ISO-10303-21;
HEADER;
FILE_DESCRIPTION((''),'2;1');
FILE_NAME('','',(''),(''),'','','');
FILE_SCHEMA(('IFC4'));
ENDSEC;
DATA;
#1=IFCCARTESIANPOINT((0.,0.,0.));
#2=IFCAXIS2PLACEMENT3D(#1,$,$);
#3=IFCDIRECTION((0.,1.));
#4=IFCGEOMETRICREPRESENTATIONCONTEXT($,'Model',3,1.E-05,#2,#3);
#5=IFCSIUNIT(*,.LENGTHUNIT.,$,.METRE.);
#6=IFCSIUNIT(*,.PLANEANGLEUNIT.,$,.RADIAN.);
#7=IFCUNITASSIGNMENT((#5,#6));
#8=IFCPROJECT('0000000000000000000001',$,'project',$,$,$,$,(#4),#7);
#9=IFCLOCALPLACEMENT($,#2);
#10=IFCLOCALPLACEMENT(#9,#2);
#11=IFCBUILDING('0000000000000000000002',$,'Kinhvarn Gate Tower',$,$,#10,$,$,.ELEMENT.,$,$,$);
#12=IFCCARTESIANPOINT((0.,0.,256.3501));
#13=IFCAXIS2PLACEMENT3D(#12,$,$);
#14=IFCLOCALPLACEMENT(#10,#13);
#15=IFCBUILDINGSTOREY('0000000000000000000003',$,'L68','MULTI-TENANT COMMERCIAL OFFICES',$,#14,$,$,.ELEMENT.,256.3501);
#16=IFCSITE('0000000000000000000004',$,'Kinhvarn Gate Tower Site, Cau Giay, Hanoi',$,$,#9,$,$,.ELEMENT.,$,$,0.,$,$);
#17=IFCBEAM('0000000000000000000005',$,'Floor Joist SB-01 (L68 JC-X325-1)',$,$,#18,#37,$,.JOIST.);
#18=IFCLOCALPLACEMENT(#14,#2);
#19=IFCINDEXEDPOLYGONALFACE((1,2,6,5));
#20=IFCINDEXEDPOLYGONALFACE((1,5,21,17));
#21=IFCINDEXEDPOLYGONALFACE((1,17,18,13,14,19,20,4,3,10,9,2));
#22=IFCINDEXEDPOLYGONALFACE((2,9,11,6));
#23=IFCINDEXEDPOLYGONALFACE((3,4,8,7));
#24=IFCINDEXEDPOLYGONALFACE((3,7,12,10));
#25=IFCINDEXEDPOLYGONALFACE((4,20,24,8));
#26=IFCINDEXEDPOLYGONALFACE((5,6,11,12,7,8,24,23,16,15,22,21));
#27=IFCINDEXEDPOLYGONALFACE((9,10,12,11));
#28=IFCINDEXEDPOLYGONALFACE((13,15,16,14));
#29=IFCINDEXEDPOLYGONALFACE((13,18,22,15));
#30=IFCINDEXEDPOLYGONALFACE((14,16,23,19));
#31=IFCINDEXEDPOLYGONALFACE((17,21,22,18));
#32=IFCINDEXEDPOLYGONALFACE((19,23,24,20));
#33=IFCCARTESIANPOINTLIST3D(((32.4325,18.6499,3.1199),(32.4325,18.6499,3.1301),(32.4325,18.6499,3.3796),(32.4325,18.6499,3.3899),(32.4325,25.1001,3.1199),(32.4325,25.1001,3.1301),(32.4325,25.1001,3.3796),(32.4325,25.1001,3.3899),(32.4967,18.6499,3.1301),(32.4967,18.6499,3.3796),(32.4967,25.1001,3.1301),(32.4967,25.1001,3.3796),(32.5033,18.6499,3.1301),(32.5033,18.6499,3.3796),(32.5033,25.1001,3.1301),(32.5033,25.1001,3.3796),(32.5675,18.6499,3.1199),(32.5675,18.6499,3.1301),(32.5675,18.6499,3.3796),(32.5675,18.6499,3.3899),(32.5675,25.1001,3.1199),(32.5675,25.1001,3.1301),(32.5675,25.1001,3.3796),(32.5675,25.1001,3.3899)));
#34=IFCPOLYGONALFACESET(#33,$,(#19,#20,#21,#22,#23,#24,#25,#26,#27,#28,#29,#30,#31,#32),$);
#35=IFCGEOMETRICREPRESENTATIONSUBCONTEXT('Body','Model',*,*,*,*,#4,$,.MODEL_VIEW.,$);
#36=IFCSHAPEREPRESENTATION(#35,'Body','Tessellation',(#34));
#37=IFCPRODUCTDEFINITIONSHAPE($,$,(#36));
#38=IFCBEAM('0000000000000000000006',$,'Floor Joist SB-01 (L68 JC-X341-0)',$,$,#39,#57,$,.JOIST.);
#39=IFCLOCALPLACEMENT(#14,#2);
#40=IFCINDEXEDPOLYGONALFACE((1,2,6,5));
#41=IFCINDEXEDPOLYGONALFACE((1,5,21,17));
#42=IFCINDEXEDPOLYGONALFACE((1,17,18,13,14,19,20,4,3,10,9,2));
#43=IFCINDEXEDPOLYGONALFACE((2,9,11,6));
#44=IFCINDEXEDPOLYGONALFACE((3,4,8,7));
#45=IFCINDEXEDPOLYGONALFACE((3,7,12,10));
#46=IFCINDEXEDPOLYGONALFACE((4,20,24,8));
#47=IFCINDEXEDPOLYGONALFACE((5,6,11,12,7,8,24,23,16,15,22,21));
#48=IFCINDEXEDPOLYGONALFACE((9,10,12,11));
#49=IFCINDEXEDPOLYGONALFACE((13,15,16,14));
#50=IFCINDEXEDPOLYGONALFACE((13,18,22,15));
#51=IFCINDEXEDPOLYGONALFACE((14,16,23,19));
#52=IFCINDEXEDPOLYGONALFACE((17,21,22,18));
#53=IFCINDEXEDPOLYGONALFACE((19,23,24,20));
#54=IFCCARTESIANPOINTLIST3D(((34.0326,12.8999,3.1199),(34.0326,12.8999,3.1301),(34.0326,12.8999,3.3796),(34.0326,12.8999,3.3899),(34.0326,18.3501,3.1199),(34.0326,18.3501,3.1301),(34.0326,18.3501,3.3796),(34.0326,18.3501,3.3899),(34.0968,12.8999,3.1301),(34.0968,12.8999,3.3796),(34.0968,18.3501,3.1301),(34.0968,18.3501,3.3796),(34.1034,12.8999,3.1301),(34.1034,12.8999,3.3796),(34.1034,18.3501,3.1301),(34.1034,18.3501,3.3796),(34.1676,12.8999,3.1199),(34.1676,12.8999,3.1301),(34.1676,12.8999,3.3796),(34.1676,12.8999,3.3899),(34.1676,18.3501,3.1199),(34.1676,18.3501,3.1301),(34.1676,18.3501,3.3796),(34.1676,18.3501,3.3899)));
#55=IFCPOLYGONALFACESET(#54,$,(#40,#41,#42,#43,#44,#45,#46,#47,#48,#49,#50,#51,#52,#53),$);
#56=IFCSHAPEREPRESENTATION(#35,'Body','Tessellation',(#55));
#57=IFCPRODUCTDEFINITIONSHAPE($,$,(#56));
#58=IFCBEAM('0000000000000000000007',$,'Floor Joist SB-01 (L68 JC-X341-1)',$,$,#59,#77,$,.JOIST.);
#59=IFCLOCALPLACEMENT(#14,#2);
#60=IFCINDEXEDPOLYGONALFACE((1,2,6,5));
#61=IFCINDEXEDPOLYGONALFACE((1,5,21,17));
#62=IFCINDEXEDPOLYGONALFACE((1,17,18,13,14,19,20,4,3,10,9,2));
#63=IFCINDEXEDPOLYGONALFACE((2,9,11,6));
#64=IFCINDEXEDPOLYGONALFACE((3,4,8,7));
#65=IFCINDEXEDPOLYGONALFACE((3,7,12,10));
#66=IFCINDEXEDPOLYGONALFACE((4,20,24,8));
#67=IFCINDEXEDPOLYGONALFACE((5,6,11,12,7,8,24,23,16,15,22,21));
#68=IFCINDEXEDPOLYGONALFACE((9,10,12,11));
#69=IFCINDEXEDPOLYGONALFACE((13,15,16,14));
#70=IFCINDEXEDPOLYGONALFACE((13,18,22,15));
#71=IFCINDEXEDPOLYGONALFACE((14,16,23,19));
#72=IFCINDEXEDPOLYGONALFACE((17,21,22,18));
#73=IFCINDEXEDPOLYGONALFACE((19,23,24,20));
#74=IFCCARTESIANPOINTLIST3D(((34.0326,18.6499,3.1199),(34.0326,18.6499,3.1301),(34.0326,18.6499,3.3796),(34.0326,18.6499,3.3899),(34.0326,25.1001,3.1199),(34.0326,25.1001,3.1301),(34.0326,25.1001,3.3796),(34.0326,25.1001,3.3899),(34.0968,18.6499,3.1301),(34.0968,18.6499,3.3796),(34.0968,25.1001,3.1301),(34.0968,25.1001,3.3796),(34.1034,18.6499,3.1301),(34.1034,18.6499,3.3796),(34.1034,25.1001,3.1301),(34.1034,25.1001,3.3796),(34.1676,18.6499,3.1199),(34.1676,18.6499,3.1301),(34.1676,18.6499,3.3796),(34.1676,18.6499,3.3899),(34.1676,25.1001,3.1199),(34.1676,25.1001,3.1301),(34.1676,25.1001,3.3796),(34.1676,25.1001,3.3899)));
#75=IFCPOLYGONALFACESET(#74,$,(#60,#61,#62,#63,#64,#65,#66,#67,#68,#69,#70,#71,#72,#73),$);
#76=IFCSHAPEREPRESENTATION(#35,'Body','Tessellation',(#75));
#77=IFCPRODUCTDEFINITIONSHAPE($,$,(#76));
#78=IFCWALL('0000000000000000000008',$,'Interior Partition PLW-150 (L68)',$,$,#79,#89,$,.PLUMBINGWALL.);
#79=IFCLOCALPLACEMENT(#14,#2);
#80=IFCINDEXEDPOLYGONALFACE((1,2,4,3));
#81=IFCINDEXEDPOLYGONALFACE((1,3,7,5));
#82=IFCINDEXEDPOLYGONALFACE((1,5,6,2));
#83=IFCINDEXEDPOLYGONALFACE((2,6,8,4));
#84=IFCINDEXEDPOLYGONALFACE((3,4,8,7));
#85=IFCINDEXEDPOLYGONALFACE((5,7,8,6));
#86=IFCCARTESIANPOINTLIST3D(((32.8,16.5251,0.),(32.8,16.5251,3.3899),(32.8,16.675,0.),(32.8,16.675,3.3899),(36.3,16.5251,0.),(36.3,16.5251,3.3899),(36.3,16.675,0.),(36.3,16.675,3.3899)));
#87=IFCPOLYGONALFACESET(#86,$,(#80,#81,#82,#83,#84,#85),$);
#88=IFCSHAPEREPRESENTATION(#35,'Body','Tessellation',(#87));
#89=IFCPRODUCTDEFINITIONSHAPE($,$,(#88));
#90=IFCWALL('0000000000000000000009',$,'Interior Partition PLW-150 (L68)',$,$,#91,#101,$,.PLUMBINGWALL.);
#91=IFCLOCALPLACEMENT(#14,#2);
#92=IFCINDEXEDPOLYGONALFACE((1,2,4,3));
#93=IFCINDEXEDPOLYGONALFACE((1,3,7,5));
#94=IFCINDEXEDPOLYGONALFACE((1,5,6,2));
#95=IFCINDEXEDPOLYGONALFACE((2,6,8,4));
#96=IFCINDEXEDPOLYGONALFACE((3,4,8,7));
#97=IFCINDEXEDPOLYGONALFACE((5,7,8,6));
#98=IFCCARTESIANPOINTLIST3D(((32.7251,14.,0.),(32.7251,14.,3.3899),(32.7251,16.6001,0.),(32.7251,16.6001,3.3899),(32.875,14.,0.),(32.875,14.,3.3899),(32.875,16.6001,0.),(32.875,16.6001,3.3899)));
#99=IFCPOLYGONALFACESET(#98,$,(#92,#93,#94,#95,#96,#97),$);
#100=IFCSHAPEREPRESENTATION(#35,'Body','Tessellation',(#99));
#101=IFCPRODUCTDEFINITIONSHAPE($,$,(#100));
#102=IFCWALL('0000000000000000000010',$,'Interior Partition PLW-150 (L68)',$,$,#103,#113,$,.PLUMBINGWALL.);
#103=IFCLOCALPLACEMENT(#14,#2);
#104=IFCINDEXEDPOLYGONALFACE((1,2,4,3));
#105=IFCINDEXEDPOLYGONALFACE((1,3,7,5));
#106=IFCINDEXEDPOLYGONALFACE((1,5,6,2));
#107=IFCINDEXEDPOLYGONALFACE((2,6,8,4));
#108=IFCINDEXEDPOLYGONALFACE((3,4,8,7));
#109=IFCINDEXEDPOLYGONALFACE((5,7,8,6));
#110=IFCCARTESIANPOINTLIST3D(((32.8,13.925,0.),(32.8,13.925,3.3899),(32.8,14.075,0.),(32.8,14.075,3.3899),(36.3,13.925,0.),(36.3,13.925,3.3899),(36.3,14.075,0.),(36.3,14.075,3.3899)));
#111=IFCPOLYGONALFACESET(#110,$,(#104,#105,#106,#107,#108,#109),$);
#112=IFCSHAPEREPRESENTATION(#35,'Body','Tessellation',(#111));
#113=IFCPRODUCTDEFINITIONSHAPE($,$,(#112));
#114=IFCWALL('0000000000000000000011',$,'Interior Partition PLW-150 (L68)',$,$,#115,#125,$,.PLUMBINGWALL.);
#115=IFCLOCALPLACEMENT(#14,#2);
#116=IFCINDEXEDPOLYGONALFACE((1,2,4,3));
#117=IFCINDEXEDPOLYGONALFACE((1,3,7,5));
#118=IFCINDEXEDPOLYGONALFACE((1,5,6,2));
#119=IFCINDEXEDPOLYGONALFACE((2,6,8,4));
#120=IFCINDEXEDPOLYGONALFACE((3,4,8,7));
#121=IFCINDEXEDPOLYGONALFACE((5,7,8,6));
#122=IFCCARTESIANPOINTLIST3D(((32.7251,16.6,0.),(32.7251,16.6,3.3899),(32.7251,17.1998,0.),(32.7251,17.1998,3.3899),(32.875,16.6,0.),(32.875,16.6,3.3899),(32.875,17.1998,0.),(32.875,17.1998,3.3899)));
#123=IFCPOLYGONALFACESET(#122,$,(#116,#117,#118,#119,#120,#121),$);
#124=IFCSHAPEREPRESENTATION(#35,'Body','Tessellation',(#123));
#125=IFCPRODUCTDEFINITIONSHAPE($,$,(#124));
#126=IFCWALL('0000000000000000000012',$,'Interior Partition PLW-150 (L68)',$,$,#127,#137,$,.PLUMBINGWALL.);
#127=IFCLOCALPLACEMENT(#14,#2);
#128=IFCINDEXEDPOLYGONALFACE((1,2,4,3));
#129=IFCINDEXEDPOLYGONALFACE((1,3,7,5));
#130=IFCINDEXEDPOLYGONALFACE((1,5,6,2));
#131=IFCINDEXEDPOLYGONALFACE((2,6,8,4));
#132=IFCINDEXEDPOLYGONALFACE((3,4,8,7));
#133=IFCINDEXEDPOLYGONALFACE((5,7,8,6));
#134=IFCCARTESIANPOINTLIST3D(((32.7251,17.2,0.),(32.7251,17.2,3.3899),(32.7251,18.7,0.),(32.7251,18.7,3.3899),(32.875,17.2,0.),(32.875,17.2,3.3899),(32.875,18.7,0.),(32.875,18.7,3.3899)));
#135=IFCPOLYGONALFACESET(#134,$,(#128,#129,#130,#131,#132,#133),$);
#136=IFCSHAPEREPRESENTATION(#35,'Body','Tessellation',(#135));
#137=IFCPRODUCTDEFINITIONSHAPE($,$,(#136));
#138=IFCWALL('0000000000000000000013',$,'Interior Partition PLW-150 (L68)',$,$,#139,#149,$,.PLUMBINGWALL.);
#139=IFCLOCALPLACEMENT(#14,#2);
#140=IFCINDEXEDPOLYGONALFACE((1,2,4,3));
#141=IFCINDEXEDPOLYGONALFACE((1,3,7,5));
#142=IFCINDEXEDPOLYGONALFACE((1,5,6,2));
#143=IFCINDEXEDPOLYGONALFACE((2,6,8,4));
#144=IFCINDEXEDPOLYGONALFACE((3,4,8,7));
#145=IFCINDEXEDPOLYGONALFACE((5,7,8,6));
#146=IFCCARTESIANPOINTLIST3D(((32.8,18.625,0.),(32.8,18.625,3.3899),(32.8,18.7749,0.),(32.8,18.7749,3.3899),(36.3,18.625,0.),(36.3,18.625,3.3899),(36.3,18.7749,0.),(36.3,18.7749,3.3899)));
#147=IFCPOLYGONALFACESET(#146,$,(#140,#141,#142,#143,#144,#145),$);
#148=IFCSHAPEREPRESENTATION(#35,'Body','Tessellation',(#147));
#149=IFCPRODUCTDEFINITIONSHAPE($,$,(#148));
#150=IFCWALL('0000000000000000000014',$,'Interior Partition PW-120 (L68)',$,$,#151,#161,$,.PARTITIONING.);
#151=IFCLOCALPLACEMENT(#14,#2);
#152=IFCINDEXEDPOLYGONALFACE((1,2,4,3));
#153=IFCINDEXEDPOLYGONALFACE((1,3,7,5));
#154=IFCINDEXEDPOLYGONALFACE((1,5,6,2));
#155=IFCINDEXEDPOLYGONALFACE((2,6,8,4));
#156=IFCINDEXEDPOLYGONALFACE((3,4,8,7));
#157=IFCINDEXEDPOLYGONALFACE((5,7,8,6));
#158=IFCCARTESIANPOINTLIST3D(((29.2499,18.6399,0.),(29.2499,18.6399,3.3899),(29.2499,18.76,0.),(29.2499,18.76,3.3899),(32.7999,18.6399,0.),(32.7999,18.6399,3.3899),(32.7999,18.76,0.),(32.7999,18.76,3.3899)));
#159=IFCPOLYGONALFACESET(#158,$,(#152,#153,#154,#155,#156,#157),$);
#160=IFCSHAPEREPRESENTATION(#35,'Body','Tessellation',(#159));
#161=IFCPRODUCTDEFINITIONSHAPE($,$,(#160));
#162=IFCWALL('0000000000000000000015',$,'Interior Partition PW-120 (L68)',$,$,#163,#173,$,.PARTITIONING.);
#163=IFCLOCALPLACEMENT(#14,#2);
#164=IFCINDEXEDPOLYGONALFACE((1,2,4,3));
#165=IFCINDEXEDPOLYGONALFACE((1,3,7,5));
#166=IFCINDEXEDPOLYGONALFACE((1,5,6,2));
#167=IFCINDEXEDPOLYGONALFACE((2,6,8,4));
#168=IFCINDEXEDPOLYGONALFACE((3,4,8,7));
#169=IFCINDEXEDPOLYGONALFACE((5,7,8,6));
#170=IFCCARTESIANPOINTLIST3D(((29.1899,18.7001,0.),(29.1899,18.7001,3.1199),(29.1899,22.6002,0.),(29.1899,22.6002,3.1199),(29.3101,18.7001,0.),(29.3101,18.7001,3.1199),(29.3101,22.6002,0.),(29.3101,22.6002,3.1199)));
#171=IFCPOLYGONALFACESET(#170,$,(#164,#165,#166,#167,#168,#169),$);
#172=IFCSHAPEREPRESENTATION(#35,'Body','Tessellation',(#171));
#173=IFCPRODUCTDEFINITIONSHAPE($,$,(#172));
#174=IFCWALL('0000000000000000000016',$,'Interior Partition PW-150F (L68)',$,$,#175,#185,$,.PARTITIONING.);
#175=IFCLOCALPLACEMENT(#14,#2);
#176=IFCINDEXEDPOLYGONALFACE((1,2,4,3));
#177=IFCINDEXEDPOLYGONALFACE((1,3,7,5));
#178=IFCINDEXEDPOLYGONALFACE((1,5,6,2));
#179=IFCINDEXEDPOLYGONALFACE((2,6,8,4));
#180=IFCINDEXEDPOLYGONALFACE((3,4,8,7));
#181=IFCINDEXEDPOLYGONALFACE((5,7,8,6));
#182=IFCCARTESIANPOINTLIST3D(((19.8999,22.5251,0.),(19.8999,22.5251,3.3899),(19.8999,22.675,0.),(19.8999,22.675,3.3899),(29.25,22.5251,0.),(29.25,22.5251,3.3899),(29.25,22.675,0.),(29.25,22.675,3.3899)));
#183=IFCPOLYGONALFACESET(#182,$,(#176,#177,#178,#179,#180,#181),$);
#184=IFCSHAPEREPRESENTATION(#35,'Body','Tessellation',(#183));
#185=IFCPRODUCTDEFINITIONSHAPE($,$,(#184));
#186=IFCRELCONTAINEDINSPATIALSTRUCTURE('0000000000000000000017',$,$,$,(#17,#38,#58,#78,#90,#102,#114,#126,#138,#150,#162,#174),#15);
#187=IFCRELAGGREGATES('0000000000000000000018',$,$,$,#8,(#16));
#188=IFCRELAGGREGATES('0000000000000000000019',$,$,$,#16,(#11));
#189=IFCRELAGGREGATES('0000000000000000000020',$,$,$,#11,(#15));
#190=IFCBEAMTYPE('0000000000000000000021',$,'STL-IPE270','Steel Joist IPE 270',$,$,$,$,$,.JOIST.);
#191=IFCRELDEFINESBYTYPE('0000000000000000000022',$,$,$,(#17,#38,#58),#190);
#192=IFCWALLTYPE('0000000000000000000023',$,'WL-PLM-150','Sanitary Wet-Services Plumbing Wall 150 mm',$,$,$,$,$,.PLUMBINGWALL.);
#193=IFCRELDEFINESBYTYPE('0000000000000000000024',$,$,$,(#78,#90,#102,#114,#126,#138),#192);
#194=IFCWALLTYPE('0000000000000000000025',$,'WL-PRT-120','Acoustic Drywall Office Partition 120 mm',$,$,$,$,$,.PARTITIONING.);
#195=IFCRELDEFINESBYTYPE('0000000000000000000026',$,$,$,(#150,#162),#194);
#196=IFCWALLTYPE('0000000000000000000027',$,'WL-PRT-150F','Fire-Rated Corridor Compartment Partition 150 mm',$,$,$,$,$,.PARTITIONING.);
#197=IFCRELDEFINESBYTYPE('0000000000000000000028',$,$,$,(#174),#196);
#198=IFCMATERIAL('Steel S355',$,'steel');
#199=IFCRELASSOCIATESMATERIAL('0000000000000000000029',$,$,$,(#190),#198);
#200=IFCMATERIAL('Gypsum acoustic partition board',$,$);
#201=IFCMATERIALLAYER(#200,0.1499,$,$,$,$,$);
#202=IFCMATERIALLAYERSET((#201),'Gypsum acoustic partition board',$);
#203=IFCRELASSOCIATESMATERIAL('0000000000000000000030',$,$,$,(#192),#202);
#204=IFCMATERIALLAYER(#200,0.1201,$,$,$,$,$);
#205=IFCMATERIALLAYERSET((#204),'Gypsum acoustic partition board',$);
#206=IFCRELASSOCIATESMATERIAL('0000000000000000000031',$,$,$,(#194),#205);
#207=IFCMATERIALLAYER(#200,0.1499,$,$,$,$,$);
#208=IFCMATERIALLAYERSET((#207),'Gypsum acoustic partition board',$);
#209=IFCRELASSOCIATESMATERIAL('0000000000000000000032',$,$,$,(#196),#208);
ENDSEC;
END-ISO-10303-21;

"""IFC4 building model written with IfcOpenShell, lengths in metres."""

from ifc_helpers import new_model, si_unit, direction, frame, frame_2d, origin, origin_2d, place, context, subcontext, project, spatial, rectangle, i_section, extrude, material, layer, layer_set, material_profile, profile_set, type_object, element, save


model = new_model("IFC4")

# Units and contexts
model_context = context("Model", 3, precision=1e-05, world=origin(), true_north=direction((0.0, 1.0)))
body_context = subcontext(model_context, "Body", "Model", "MODEL_VIEW")
ifc_project = project(units=[si_unit("LENGTHUNIT", "METRE"), si_unit("PLANEANGLEUNIT", "RADIAN")], contexts=[model_context])

# Site, building, storey
site_placement = place(None, origin())
site = spatial("IfcSite", under=ifc_project, at=site_placement, Name="Kinhvarn Gate Tower Site, Cau Giay, Hanoi", CompositionType="ELEMENT", RefElevation=0.0)
building_placement = place(site_placement, origin())
building = spatial("IfcBuilding", under=site, at=building_placement, Name="Kinhvarn Gate Tower", CompositionType="ELEMENT")
storey_placement = place(building_placement, frame((0.0, 0.0, 256.3501)))
storey = spatial("IfcBuildingStorey", under=building, at=storey_placement, Name="L68", Description="MULTI-TENANT COMMERCIAL OFFICES", CompositionType="ELEMENT", Elevation=256.3501)

# Beams
ifc_material_1 = material(Name="Steel S355", Category="steel")
ifc_material_profile = material_profile(ifc_material_1, i_section(OverallWidth=0.135, OverallDepth=0.27, WebThickness=0.0066, FlangeThickness=0.0103, at=origin_2d()), Name="IPE 270")
ifc_profile_set = profile_set([ifc_material_profile], Name="Steel S355")
beam_type = type_object("IfcBeamType", Name="STL-IPE270", Description="Steel Joist IPE 270", PredefinedType="JOIST", material=ifc_profile_set)
beam_1_placement = place(storey_placement, frame((32.5, 18.6499, 3.2549), z_axis=(0.0, 1.0, 0.0), x_axis=(-1.0, 0.0, 0.0)))
element("IfcBeam", 1, at=beam_1_placement, inside=storey, type_object=beam_type, Name="Floor Joist SB-01 (L68 JC-X325-1)", PredefinedType="JOIST", context=body_context, shape_type="SweptSolid", body=[
    extrude(i_section(OverallWidth=0.135, OverallDepth=0.27, WebThickness=0.0066, FlangeThickness=0.0103, at=origin_2d()), origin(), (0.0, 0.0, 1.0), 6.4502),
])
beam_2_placement = place(storey_placement, frame((34.1001, 12.8999, 3.2549), z_axis=(0.0, 1.0, 0.0), x_axis=(-1.0, 0.0, 0.0)))
element("IfcBeam", 2, at=beam_2_placement, inside=storey, type_object=beam_type, Name="Floor Joist SB-01 (L68 JC-X341-0)", PredefinedType="JOIST", context=body_context, shape_type="SweptSolid", body=[
    extrude(i_section(OverallWidth=0.135, OverallDepth=0.27, WebThickness=0.0066, FlangeThickness=0.0103, at=origin_2d()), origin(), (0.0, 0.0, 1.0), 5.4502),
])
beam_3_placement = place(storey_placement, frame((34.1001, 18.6499, 3.2549), z_axis=(0.0, 1.0, 0.0), x_axis=(-1.0, 0.0, 0.0)))
element("IfcBeam", 3, at=beam_3_placement, inside=storey, type_object=beam_type, Name="Floor Joist SB-01 (L68 JC-X341-1)", PredefinedType="JOIST", context=body_context, shape_type="SweptSolid", body=[
    extrude(i_section(OverallWidth=0.135, OverallDepth=0.27, WebThickness=0.0066, FlangeThickness=0.0103, at=origin_2d()), origin(), (0.0, 0.0, 1.0), 6.4502),
])

# Walls
ifc_material_2 = material(Name="Gypsum acoustic partition board")
ifc_layer_1 = layer(ifc_material_2, 0.1499)
ifc_layer_set_1 = layer_set([ifc_layer_1], Name="Gypsum acoustic partition board")
wall_type_1 = type_object("IfcWallType", Name="WL-PLM-150", Description="Sanitary Wet-Services Plumbing Wall 150 mm", PredefinedType="PLUMBINGWALL", material=ifc_layer_set_1)
wall_1_placement = place(storey_placement, frame((32.8, 16.6001, 0.0), z_axis=(0.0, 0.0, 1.0), x_axis=(1.0, 0.0, 0.0)))
element("IfcWall", 4, at=wall_1_placement, inside=storey, type_object=wall_type_1, Name="Interior Partition PLW-150 (L68)", PredefinedType="PLUMBINGWALL", context=body_context, shape_type="SweptSolid", body=[
    extrude(rectangle(XDim=3.5, YDim=0.1499, at=frame_2d((1.75, 0.0))), origin(), (0.0, 0.0, 1.0), 3.3899),
])
wall_2_placement = place(storey_placement, frame((32.8, 14.0, 0.0), z_axis=(0.0, 0.0, 1.0), x_axis=(0.0, 1.0, 0.0)))
element("IfcWall", 5, at=wall_2_placement, inside=storey, type_object=wall_type_1, Name="Interior Partition PLW-150 (L68)", PredefinedType="PLUMBINGWALL", context=body_context, shape_type="SweptSolid", body=[
    extrude(rectangle(XDim=2.6001, YDim=0.1499, at=frame_2d((1.3, 0.0))), origin(), (0.0, 0.0, 1.0), 3.3899),
])
wall_3_placement = place(storey_placement, frame((32.8, 14.0, 0.0), z_axis=(0.0, 0.0, 1.0), x_axis=(1.0, 0.0, 0.0)))
element("IfcWall", 6, at=wall_3_placement, inside=storey, type_object=wall_type_1, Name="Interior Partition PLW-150 (L68)", PredefinedType="PLUMBINGWALL", context=body_context, shape_type="SweptSolid", body=[
    extrude(rectangle(XDim=3.5, YDim=0.1499, at=frame_2d((1.75, 0.0))), origin(), (0.0, 0.0, 1.0), 3.3899),
])
wall_4_placement = place(storey_placement, frame((32.8, 16.6001, 0.0), z_axis=(0.0, 0.0, 1.0), x_axis=(0.0, 1.0, 0.0)))
element("IfcWall", 7, at=wall_4_placement, inside=storey, type_object=wall_type_1, Name="Interior Partition PLW-150 (L68)", PredefinedType="PLUMBINGWALL", context=body_context, shape_type="SweptSolid", body=[
    extrude(rectangle(XDim=0.5999, YDim=0.1499, at=frame_2d((0.2998, 0.0))), origin(), (0.0, 0.0, 1.0), 3.3899),
])
wall_5_placement = place(storey_placement, frame((32.8, 17.2, 0.0), z_axis=(0.0, 0.0, 1.0), x_axis=(0.0, 1.0, 0.0)))
element("IfcWall", 8, at=wall_5_placement, inside=storey, type_object=wall_type_1, Name="Interior Partition PLW-150 (L68)", PredefinedType="PLUMBINGWALL", context=body_context, shape_type="SweptSolid", body=[
    extrude(rectangle(XDim=1.5, YDim=0.1499, at=frame_2d((0.75, 0.0))), origin(), (0.0, 0.0, 1.0), 3.3899),
])
wall_6_placement = place(storey_placement, frame((32.8, 18.7, 0.0), z_axis=(0.0, 0.0, 1.0), x_axis=(1.0, 0.0, 0.0)))
element("IfcWall", 9, at=wall_6_placement, inside=storey, type_object=wall_type_1, Name="Interior Partition PLW-150 (L68)", PredefinedType="PLUMBINGWALL", context=body_context, shape_type="SweptSolid", body=[
    extrude(rectangle(XDim=3.5, YDim=0.1499, at=frame_2d((1.75, 0.0))), origin(), (0.0, 0.0, 1.0), 3.3899),
])
ifc_layer_2 = layer(ifc_material_2, 0.1201)
ifc_layer_set_2 = layer_set([ifc_layer_2], Name="Gypsum acoustic partition board")
wall_type_2 = type_object("IfcWallType", Name="WL-PRT-120", Description="Acoustic Drywall Office Partition 120 mm", PredefinedType="PARTITIONING", material=ifc_layer_set_2)
wall_7_placement = place(storey_placement, frame((29.25, 18.7, 0.0), z_axis=(0.0, 0.0, 1.0), x_axis=(1.0, 0.0, 0.0)))
element("IfcWall", 10, at=wall_7_placement, inside=storey, type_object=wall_type_2, Name="Interior Partition PW-120 (L68)", PredefinedType="PARTITIONING", context=body_context, shape_type="SweptSolid", body=[
    extrude(rectangle(XDim=3.55, YDim=0.1201, at=frame_2d((1.7749, 0.0))), origin(), (0.0, 0.0, 1.0), 3.3899),
])
wall_8_placement = place(storey_placement, frame((29.25, 18.7, 0.0), z_axis=(0.0, 0.0, 1.0), x_axis=(0.0, 1.0, 0.0)))
element("IfcWall", 11, at=wall_8_placement, inside=storey, type_object=wall_type_2, Name="Interior Partition PW-120 (L68)", PredefinedType="PARTITIONING", context=body_context, shape_type="SweptSolid", body=[
    extrude(rectangle(XDim=3.9001, YDim=0.1201, at=frame_2d((1.9502, 0.0))), origin(), (0.0, 0.0, 1.0), 3.1199),
])
ifc_layer_3 = layer(ifc_material_2, 0.1499)
ifc_layer_set_3 = layer_set([ifc_layer_3], Name="Gypsum acoustic partition board")
wall_type_3 = type_object("IfcWallType", Name="WL-PRT-150F", Description="Fire-Rated Corridor Compartment Partition 150 mm", PredefinedType="PARTITIONING", material=ifc_layer_set_3)
wall_9_placement = place(storey_placement, frame((19.8999, 22.6001, 0.0), z_axis=(0.0, 0.0, 1.0), x_axis=(1.0, 0.0, 0.0)))
element("IfcWall", 12, at=wall_9_placement, inside=storey, type_object=wall_type_3, Name="Interior Partition PW-150F (L68)", PredefinedType="PARTITIONING", context=body_context, shape_type="SweptSolid", body=[
    extrude(rectangle(XDim=9.3501, YDim=0.1499, at=frame_2d((4.675, 0.0))), origin(), (0.0, 0.0, 1.0), 3.3899),
])

save(model, "model.ifc")
